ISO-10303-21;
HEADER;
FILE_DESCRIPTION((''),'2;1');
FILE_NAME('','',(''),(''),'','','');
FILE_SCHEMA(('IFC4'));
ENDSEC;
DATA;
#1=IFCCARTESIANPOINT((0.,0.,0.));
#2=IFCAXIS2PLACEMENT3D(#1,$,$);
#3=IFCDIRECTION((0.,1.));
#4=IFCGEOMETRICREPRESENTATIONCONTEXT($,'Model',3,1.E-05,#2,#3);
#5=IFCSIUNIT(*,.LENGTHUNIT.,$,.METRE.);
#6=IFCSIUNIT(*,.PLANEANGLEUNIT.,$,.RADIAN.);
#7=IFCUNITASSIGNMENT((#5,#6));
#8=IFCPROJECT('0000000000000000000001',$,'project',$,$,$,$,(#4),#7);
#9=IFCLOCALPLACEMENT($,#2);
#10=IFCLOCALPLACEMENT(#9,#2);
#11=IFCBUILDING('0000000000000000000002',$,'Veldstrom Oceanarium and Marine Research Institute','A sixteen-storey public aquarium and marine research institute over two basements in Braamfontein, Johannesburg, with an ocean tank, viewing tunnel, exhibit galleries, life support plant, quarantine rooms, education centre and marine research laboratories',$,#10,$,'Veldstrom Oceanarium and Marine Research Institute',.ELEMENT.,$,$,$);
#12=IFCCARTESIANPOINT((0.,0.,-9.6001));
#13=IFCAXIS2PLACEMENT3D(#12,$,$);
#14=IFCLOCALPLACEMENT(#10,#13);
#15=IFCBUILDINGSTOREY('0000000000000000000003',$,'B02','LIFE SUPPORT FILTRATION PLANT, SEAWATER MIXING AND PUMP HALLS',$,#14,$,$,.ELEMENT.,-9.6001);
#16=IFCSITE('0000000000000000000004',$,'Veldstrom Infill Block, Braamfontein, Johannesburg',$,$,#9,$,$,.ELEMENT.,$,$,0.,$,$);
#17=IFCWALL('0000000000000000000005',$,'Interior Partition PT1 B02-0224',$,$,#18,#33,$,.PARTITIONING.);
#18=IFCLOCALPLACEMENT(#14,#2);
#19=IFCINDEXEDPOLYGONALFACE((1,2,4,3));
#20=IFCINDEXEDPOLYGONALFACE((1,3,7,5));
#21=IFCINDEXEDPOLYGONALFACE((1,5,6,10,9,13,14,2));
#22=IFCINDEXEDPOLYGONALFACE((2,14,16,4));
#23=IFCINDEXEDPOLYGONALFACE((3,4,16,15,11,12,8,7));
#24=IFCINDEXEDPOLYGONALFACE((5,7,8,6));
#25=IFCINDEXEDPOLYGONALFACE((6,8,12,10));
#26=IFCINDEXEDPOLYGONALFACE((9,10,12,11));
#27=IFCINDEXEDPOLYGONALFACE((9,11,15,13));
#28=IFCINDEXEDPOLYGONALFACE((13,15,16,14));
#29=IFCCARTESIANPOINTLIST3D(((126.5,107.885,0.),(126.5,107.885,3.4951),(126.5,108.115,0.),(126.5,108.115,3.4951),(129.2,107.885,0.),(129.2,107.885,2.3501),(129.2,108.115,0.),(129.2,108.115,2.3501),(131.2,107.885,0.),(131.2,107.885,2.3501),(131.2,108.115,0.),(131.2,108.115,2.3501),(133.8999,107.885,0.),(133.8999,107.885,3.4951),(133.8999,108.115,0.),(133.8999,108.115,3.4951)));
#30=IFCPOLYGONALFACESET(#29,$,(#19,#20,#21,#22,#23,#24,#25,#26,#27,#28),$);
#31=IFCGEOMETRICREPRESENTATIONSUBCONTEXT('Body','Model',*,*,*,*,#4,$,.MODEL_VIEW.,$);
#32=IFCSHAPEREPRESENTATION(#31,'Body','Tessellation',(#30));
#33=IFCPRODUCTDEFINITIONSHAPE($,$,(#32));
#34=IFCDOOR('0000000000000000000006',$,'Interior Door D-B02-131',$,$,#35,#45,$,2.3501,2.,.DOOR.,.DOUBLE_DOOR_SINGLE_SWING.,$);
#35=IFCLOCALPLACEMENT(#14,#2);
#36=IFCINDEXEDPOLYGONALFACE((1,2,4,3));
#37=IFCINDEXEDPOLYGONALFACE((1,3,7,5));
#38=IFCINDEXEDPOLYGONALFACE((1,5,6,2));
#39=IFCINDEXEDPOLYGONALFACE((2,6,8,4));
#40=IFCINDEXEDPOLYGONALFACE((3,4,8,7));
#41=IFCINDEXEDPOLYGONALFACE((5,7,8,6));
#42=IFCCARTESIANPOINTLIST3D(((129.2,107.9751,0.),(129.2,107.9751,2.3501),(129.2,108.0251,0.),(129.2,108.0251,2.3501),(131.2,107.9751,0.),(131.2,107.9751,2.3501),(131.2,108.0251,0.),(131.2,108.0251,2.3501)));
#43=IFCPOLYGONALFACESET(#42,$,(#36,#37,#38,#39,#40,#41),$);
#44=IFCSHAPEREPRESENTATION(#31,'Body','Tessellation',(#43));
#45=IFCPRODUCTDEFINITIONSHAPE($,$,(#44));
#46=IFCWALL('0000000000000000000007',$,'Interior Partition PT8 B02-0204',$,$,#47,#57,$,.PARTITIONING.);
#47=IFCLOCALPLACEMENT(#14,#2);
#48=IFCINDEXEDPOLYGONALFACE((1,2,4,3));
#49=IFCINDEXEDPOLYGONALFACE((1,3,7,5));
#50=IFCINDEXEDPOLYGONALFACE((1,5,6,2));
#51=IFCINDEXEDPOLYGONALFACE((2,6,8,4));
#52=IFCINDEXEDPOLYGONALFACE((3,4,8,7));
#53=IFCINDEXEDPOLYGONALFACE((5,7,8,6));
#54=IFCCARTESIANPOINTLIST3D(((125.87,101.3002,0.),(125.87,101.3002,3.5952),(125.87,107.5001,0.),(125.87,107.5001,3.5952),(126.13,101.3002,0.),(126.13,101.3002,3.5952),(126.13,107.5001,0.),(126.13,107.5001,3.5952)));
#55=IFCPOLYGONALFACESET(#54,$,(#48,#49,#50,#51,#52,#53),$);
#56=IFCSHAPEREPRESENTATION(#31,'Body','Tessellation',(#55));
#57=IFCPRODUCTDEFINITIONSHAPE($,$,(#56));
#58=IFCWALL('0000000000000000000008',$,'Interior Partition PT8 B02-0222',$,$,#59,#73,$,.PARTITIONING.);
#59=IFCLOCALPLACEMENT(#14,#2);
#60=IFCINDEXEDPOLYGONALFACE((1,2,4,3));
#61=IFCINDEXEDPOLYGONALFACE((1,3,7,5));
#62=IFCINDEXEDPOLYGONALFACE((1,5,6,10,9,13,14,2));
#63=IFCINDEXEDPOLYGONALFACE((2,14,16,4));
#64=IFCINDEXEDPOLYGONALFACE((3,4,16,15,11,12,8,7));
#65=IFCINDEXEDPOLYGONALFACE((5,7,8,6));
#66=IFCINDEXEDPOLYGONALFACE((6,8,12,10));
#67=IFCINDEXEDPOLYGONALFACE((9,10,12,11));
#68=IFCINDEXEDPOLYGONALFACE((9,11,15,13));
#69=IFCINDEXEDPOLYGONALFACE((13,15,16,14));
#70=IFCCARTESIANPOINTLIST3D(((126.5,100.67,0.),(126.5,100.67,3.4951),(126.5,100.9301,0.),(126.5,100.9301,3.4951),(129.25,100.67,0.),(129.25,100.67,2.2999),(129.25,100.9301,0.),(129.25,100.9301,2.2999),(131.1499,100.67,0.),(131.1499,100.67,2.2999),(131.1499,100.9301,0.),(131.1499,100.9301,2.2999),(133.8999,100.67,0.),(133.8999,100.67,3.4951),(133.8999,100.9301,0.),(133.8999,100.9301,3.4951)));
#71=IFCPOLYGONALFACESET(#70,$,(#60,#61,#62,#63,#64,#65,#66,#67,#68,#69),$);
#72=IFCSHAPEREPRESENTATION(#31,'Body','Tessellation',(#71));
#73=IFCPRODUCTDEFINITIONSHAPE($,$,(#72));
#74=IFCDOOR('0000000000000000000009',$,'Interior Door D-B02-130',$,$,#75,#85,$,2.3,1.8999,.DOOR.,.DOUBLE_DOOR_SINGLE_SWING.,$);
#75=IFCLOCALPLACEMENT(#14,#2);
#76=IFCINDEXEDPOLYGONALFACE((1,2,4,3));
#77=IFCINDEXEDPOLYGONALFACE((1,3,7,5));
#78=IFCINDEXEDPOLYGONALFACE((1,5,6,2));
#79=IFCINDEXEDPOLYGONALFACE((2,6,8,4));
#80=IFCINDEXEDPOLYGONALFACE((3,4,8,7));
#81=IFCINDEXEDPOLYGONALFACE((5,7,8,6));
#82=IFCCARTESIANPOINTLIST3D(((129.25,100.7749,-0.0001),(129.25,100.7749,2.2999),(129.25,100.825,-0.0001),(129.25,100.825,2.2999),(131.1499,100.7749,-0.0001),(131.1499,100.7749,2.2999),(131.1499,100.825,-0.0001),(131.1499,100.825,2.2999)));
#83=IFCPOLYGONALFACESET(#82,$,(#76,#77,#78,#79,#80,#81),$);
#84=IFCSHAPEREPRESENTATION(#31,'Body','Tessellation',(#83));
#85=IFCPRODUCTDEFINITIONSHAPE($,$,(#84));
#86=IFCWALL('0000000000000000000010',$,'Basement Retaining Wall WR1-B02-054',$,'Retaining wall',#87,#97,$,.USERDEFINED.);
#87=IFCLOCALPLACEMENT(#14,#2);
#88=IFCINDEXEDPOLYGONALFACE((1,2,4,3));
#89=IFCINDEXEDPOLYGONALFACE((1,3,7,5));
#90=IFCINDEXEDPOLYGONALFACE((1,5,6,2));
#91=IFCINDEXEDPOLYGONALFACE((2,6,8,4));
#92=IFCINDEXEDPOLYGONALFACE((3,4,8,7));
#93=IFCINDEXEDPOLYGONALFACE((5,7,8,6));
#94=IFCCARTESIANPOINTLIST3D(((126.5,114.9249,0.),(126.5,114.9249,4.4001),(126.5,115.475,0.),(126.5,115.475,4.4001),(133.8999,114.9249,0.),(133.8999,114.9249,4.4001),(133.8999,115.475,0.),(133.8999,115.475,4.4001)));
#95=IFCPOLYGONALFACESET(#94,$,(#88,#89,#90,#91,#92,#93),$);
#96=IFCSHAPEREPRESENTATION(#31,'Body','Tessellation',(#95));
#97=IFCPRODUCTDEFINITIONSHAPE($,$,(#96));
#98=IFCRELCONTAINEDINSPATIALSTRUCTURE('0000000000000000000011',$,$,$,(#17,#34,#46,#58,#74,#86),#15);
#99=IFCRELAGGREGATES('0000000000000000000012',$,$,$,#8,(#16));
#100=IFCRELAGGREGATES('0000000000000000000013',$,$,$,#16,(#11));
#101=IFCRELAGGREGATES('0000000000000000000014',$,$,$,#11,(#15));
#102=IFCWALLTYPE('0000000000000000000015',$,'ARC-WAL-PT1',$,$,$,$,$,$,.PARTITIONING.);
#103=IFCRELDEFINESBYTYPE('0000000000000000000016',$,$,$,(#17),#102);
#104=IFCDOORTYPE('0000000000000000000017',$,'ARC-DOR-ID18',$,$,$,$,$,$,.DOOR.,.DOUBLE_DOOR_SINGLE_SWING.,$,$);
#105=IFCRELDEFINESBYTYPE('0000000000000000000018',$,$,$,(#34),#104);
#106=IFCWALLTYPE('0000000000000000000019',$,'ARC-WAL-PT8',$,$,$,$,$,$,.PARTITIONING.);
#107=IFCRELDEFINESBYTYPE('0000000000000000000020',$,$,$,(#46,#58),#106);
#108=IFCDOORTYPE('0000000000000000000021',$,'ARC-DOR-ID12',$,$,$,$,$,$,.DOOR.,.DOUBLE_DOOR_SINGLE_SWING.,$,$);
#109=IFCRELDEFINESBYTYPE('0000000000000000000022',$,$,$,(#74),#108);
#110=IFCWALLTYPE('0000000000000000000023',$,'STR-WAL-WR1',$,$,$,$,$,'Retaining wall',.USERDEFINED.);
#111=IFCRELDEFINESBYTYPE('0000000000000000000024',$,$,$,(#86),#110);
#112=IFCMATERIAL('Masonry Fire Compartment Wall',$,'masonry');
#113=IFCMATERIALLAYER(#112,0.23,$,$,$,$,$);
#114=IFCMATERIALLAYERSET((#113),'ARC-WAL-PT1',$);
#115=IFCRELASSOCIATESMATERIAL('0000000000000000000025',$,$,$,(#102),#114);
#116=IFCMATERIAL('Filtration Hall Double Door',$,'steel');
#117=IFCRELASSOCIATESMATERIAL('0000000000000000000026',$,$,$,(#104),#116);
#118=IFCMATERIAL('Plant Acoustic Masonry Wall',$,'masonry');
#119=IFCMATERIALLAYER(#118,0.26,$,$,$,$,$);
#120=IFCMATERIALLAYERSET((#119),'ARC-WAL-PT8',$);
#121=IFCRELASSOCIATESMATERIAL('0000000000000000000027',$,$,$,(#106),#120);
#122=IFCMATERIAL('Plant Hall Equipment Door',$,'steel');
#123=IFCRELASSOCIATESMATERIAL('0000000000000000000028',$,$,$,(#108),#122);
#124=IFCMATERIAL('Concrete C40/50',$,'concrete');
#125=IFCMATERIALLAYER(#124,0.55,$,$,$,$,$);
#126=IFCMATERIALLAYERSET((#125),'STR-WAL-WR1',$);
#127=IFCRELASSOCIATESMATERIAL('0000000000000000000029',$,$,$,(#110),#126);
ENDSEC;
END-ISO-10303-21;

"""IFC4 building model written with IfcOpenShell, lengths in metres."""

from ifc_helpers import new_model, si_unit, direction, frame, frame_2d, origin, place, context, subcontext, project, spatial, rectangle, extrude, material, layer, layer_set, type_object, element, fill, save


model = new_model("IFC4")

# Units and contexts
model_context = context("Model", 3, precision=1e-05, world=origin(), true_north=direction((0.0, 1.0)))
body_context = subcontext(model_context, "Body", "Model", "MODEL_VIEW")
ifc_project = project(units=[si_unit("LENGTHUNIT", "METRE"), si_unit("PLANEANGLEUNIT", "RADIAN")], contexts=[model_context])

# Site, building, storey
site_placement = place(None, origin())
site = spatial("IfcSite", under=ifc_project, at=site_placement, Name="Veldstrom Infill Block, Braamfontein, Johannesburg", CompositionType="ELEMENT", RefElevation=0.0)
building_placement = place(site_placement, origin())
building = spatial("IfcBuilding", under=site, at=building_placement, Name="Veldstrom Oceanarium and Marine Research Institute", Description="A sixteen-storey public aquarium and marine research institute over two basements in Braamfontein, Johannesburg, with an ocean tank, viewing tunnel, exhibit galleries, life support plant, quarantine rooms, education centre and marine research laboratories", LongName="Veldstrom Oceanarium and Marine Research Institute", CompositionType="ELEMENT")
storey_placement = place(building_placement, frame((0.0, 0.0, -9.6001)))
storey = spatial("IfcBuildingStorey", under=building, at=storey_placement, Name="B02", Description="LIFE SUPPORT FILTRATION PLANT, SEAWATER MIXING AND PUMP HALLS", CompositionType="ELEMENT", Elevation=-9.6001)

# Shared definitions
ifc_material_1 = material(Name="Masonry Fire Compartment Wall", Category="masonry")
ifc_layer_1 = layer(ifc_material_1, 0.23)
ifc_layer_set_1 = layer_set([ifc_layer_1], Name="ARC-WAL-PT1")
wall_type_1 = type_object("IfcWallType", Name="ARC-WAL-PT1", PredefinedType="PARTITIONING", material=ifc_layer_set_1)

# Wall, opening, door
wall_1_placement = place(storey_placement, frame((126.5, 108.0, 0.0), z_axis=(0.0, 0.0, 1.0), x_axis=(1.0, 0.0, 0.0)))
wall_1 = element("IfcWall", 1, at=wall_1_placement, inside=storey, type_object=wall_type_1, Name="Interior Partition PT1 B02-0224", PredefinedType="PARTITIONING", context=body_context, shape_type="SweptSolid", body=[
    extrude(rectangle(XDim=7.3999, YDim=0.23, at=frame_2d((3.7, 0.0))), origin(), (0.0, 0.0, 1.0), 3.4951),
])
opening_1_placement = place(wall_1_placement, frame((2.7, 0.0, 0.0)))
opening_1 = element("IfcOpeningElement", 2, at=opening_1_placement, cuts=wall_1, PredefinedType="OPENING", context=body_context, shape_type="SweptSolid", body=[
    extrude(rectangle(XDim=2.0, YDim=2.3501, at=frame_2d((1.0, 1.175))), frame((0.0, 0.125, 0.0), z_axis=(0.0, -1.0, 0.0), x_axis=(1.0, 0.0, 0.0)), (0.0, 0.0, 1.0), 0.25),
])
ifc_material_2 = material(Name="Filtration Hall Double Door", Category="steel")
door_type_1 = type_object("IfcDoorType", Name="ARC-DOR-ID18", OperationType="DOUBLE_DOOR_SINGLE_SWING", PredefinedType="DOOR", material=ifc_material_2)
door_1_placement = place(opening_1_placement, frame((2.0, 0.0, 0.0), z_axis=(0.0, 0.0, 1.0), x_axis=(-1.0, 0.0, 0.0)))
door_1 = element("IfcDoor", 3, at=door_1_placement, inside=storey, type_object=door_type_1, Name="Interior Door D-B02-131", OperationType="DOUBLE_DOOR_SINGLE_SWING", OverallHeight=2.3501, OverallWidth=2.0, PredefinedType="DOOR", context=body_context, shape_type="SweptSolid", body=[
    extrude(rectangle(XDim=2.0, YDim=2.3501, at=frame_2d((1.0, 1.175))), frame((0.0, 0.0249, 0.0), z_axis=(0.0, -1.0, 0.0), x_axis=(1.0, 0.0, 0.0)), (0.0, 0.0, 1.0), 0.05),
])
fill(opening_1, door_1)

# Wall
ifc_material_3 = material(Name="Plant Acoustic Masonry Wall", Category="masonry")
ifc_layer_2 = layer(ifc_material_3, 0.26)
ifc_layer_set_2 = layer_set([ifc_layer_2], Name="ARC-WAL-PT8")
wall_type_2 = type_object("IfcWallType", Name="ARC-WAL-PT8", PredefinedType="PARTITIONING", material=ifc_layer_set_2)
wall_2_placement = place(storey_placement, frame((126.0, 101.3, 0.0), z_axis=(0.0, 0.0, 1.0), x_axis=(0.0, 1.0, 0.0)))
element("IfcWall", 4, at=wall_2_placement, inside=storey, type_object=wall_type_2, Name="Interior Partition PT8 B02-0204", PredefinedType="PARTITIONING", context=body_context, shape_type="SweptSolid", body=[
    extrude(rectangle(XDim=6.2, YDim=0.26, at=frame_2d((3.1001, 0.0))), origin(), (0.0, 0.0, 1.0), 3.5952),
])

# Wall, opening, door
wall_3_placement = place(storey_placement, frame((126.5, 100.8, 0.0), z_axis=(0.0, 0.0, 1.0), x_axis=(1.0, 0.0, 0.0)))
wall_3 = element("IfcWall", 5, at=wall_3_placement, inside=storey, type_object=wall_type_2, Name="Interior Partition PT8 B02-0222", PredefinedType="PARTITIONING", context=body_context, shape_type="SweptSolid", body=[
    extrude(rectangle(XDim=7.3999, YDim=0.26, at=frame_2d((3.7, 0.0))), origin(), (0.0, 0.0, 1.0), 3.4951),
])
opening_2_placement = place(wall_3_placement, frame((2.75, 0.0, 0.0)))
opening_2 = element("IfcOpeningElement", 6, at=opening_2_placement, cuts=wall_3, PredefinedType="OPENING", context=body_context, shape_type="SweptSolid", body=[
    extrude(rectangle(XDim=1.8999, YDim=2.3, at=frame_2d((0.95, 1.1499))), frame((0.0, 0.1399, 0.0), z_axis=(0.0, -1.0, 0.0), x_axis=(1.0, 0.0, 0.0)), (0.0, 0.0, 1.0), 0.28),
])
ifc_material_4 = material(Name="Plant Hall Equipment Door", Category="steel")
door_type_2 = type_object("IfcDoorType", Name="ARC-DOR-ID12", OperationType="DOUBLE_DOOR_SINGLE_SWING", PredefinedType="DOOR", material=ifc_material_4)
door_2_placement = place(opening_2_placement, origin())
door_2 = element("IfcDoor", 7, at=door_2_placement, inside=storey, type_object=door_type_2, Name="Interior Door D-B02-130", OperationType="DOUBLE_DOOR_SINGLE_SWING", OverallHeight=2.3, OverallWidth=1.8999, PredefinedType="DOOR", context=body_context, shape_type="SweptSolid", body=[
    extrude(rectangle(XDim=1.8999, YDim=2.3, at=frame_2d((0.95, 1.1499))), frame((0.0, 0.0249, 0.0), z_axis=(0.0, -1.0, 0.0), x_axis=(1.0, 0.0, 0.0)), (0.0, 0.0, 1.0), 0.05),
])
fill(opening_2, door_2)

# Wall
ifc_material_5 = material(Name="Concrete C40/50", Category="concrete")
ifc_layer_3 = layer(ifc_material_5, 0.55)
ifc_layer_set_3 = layer_set([ifc_layer_3], Name="STR-WAL-WR1")
wall_type_3 = type_object("IfcWallType", Name="STR-WAL-WR1", ElementType="Retaining wall", PredefinedType="USERDEFINED", material=ifc_layer_set_3)
wall_4_placement = place(storey_placement, frame((126.5, 115.2, 0.0), z_axis=(0.0, 0.0, 1.0), x_axis=(1.0, 0.0, 0.0)))
element("IfcWall", 8, at=wall_4_placement, inside=storey, type_object=wall_type_3, Name="Basement Retaining Wall WR1-B02-054", ObjectType="Retaining wall", PredefinedType="USERDEFINED", context=body_context, shape_type="SweptSolid", body=[
    extrude(rectangle(XDim=7.3999, YDim=0.55, at=frame_2d((3.7, 0.0))), origin(), (0.0, 0.0, 1.0), 4.4001),
])

save(model, "model.ifc")
